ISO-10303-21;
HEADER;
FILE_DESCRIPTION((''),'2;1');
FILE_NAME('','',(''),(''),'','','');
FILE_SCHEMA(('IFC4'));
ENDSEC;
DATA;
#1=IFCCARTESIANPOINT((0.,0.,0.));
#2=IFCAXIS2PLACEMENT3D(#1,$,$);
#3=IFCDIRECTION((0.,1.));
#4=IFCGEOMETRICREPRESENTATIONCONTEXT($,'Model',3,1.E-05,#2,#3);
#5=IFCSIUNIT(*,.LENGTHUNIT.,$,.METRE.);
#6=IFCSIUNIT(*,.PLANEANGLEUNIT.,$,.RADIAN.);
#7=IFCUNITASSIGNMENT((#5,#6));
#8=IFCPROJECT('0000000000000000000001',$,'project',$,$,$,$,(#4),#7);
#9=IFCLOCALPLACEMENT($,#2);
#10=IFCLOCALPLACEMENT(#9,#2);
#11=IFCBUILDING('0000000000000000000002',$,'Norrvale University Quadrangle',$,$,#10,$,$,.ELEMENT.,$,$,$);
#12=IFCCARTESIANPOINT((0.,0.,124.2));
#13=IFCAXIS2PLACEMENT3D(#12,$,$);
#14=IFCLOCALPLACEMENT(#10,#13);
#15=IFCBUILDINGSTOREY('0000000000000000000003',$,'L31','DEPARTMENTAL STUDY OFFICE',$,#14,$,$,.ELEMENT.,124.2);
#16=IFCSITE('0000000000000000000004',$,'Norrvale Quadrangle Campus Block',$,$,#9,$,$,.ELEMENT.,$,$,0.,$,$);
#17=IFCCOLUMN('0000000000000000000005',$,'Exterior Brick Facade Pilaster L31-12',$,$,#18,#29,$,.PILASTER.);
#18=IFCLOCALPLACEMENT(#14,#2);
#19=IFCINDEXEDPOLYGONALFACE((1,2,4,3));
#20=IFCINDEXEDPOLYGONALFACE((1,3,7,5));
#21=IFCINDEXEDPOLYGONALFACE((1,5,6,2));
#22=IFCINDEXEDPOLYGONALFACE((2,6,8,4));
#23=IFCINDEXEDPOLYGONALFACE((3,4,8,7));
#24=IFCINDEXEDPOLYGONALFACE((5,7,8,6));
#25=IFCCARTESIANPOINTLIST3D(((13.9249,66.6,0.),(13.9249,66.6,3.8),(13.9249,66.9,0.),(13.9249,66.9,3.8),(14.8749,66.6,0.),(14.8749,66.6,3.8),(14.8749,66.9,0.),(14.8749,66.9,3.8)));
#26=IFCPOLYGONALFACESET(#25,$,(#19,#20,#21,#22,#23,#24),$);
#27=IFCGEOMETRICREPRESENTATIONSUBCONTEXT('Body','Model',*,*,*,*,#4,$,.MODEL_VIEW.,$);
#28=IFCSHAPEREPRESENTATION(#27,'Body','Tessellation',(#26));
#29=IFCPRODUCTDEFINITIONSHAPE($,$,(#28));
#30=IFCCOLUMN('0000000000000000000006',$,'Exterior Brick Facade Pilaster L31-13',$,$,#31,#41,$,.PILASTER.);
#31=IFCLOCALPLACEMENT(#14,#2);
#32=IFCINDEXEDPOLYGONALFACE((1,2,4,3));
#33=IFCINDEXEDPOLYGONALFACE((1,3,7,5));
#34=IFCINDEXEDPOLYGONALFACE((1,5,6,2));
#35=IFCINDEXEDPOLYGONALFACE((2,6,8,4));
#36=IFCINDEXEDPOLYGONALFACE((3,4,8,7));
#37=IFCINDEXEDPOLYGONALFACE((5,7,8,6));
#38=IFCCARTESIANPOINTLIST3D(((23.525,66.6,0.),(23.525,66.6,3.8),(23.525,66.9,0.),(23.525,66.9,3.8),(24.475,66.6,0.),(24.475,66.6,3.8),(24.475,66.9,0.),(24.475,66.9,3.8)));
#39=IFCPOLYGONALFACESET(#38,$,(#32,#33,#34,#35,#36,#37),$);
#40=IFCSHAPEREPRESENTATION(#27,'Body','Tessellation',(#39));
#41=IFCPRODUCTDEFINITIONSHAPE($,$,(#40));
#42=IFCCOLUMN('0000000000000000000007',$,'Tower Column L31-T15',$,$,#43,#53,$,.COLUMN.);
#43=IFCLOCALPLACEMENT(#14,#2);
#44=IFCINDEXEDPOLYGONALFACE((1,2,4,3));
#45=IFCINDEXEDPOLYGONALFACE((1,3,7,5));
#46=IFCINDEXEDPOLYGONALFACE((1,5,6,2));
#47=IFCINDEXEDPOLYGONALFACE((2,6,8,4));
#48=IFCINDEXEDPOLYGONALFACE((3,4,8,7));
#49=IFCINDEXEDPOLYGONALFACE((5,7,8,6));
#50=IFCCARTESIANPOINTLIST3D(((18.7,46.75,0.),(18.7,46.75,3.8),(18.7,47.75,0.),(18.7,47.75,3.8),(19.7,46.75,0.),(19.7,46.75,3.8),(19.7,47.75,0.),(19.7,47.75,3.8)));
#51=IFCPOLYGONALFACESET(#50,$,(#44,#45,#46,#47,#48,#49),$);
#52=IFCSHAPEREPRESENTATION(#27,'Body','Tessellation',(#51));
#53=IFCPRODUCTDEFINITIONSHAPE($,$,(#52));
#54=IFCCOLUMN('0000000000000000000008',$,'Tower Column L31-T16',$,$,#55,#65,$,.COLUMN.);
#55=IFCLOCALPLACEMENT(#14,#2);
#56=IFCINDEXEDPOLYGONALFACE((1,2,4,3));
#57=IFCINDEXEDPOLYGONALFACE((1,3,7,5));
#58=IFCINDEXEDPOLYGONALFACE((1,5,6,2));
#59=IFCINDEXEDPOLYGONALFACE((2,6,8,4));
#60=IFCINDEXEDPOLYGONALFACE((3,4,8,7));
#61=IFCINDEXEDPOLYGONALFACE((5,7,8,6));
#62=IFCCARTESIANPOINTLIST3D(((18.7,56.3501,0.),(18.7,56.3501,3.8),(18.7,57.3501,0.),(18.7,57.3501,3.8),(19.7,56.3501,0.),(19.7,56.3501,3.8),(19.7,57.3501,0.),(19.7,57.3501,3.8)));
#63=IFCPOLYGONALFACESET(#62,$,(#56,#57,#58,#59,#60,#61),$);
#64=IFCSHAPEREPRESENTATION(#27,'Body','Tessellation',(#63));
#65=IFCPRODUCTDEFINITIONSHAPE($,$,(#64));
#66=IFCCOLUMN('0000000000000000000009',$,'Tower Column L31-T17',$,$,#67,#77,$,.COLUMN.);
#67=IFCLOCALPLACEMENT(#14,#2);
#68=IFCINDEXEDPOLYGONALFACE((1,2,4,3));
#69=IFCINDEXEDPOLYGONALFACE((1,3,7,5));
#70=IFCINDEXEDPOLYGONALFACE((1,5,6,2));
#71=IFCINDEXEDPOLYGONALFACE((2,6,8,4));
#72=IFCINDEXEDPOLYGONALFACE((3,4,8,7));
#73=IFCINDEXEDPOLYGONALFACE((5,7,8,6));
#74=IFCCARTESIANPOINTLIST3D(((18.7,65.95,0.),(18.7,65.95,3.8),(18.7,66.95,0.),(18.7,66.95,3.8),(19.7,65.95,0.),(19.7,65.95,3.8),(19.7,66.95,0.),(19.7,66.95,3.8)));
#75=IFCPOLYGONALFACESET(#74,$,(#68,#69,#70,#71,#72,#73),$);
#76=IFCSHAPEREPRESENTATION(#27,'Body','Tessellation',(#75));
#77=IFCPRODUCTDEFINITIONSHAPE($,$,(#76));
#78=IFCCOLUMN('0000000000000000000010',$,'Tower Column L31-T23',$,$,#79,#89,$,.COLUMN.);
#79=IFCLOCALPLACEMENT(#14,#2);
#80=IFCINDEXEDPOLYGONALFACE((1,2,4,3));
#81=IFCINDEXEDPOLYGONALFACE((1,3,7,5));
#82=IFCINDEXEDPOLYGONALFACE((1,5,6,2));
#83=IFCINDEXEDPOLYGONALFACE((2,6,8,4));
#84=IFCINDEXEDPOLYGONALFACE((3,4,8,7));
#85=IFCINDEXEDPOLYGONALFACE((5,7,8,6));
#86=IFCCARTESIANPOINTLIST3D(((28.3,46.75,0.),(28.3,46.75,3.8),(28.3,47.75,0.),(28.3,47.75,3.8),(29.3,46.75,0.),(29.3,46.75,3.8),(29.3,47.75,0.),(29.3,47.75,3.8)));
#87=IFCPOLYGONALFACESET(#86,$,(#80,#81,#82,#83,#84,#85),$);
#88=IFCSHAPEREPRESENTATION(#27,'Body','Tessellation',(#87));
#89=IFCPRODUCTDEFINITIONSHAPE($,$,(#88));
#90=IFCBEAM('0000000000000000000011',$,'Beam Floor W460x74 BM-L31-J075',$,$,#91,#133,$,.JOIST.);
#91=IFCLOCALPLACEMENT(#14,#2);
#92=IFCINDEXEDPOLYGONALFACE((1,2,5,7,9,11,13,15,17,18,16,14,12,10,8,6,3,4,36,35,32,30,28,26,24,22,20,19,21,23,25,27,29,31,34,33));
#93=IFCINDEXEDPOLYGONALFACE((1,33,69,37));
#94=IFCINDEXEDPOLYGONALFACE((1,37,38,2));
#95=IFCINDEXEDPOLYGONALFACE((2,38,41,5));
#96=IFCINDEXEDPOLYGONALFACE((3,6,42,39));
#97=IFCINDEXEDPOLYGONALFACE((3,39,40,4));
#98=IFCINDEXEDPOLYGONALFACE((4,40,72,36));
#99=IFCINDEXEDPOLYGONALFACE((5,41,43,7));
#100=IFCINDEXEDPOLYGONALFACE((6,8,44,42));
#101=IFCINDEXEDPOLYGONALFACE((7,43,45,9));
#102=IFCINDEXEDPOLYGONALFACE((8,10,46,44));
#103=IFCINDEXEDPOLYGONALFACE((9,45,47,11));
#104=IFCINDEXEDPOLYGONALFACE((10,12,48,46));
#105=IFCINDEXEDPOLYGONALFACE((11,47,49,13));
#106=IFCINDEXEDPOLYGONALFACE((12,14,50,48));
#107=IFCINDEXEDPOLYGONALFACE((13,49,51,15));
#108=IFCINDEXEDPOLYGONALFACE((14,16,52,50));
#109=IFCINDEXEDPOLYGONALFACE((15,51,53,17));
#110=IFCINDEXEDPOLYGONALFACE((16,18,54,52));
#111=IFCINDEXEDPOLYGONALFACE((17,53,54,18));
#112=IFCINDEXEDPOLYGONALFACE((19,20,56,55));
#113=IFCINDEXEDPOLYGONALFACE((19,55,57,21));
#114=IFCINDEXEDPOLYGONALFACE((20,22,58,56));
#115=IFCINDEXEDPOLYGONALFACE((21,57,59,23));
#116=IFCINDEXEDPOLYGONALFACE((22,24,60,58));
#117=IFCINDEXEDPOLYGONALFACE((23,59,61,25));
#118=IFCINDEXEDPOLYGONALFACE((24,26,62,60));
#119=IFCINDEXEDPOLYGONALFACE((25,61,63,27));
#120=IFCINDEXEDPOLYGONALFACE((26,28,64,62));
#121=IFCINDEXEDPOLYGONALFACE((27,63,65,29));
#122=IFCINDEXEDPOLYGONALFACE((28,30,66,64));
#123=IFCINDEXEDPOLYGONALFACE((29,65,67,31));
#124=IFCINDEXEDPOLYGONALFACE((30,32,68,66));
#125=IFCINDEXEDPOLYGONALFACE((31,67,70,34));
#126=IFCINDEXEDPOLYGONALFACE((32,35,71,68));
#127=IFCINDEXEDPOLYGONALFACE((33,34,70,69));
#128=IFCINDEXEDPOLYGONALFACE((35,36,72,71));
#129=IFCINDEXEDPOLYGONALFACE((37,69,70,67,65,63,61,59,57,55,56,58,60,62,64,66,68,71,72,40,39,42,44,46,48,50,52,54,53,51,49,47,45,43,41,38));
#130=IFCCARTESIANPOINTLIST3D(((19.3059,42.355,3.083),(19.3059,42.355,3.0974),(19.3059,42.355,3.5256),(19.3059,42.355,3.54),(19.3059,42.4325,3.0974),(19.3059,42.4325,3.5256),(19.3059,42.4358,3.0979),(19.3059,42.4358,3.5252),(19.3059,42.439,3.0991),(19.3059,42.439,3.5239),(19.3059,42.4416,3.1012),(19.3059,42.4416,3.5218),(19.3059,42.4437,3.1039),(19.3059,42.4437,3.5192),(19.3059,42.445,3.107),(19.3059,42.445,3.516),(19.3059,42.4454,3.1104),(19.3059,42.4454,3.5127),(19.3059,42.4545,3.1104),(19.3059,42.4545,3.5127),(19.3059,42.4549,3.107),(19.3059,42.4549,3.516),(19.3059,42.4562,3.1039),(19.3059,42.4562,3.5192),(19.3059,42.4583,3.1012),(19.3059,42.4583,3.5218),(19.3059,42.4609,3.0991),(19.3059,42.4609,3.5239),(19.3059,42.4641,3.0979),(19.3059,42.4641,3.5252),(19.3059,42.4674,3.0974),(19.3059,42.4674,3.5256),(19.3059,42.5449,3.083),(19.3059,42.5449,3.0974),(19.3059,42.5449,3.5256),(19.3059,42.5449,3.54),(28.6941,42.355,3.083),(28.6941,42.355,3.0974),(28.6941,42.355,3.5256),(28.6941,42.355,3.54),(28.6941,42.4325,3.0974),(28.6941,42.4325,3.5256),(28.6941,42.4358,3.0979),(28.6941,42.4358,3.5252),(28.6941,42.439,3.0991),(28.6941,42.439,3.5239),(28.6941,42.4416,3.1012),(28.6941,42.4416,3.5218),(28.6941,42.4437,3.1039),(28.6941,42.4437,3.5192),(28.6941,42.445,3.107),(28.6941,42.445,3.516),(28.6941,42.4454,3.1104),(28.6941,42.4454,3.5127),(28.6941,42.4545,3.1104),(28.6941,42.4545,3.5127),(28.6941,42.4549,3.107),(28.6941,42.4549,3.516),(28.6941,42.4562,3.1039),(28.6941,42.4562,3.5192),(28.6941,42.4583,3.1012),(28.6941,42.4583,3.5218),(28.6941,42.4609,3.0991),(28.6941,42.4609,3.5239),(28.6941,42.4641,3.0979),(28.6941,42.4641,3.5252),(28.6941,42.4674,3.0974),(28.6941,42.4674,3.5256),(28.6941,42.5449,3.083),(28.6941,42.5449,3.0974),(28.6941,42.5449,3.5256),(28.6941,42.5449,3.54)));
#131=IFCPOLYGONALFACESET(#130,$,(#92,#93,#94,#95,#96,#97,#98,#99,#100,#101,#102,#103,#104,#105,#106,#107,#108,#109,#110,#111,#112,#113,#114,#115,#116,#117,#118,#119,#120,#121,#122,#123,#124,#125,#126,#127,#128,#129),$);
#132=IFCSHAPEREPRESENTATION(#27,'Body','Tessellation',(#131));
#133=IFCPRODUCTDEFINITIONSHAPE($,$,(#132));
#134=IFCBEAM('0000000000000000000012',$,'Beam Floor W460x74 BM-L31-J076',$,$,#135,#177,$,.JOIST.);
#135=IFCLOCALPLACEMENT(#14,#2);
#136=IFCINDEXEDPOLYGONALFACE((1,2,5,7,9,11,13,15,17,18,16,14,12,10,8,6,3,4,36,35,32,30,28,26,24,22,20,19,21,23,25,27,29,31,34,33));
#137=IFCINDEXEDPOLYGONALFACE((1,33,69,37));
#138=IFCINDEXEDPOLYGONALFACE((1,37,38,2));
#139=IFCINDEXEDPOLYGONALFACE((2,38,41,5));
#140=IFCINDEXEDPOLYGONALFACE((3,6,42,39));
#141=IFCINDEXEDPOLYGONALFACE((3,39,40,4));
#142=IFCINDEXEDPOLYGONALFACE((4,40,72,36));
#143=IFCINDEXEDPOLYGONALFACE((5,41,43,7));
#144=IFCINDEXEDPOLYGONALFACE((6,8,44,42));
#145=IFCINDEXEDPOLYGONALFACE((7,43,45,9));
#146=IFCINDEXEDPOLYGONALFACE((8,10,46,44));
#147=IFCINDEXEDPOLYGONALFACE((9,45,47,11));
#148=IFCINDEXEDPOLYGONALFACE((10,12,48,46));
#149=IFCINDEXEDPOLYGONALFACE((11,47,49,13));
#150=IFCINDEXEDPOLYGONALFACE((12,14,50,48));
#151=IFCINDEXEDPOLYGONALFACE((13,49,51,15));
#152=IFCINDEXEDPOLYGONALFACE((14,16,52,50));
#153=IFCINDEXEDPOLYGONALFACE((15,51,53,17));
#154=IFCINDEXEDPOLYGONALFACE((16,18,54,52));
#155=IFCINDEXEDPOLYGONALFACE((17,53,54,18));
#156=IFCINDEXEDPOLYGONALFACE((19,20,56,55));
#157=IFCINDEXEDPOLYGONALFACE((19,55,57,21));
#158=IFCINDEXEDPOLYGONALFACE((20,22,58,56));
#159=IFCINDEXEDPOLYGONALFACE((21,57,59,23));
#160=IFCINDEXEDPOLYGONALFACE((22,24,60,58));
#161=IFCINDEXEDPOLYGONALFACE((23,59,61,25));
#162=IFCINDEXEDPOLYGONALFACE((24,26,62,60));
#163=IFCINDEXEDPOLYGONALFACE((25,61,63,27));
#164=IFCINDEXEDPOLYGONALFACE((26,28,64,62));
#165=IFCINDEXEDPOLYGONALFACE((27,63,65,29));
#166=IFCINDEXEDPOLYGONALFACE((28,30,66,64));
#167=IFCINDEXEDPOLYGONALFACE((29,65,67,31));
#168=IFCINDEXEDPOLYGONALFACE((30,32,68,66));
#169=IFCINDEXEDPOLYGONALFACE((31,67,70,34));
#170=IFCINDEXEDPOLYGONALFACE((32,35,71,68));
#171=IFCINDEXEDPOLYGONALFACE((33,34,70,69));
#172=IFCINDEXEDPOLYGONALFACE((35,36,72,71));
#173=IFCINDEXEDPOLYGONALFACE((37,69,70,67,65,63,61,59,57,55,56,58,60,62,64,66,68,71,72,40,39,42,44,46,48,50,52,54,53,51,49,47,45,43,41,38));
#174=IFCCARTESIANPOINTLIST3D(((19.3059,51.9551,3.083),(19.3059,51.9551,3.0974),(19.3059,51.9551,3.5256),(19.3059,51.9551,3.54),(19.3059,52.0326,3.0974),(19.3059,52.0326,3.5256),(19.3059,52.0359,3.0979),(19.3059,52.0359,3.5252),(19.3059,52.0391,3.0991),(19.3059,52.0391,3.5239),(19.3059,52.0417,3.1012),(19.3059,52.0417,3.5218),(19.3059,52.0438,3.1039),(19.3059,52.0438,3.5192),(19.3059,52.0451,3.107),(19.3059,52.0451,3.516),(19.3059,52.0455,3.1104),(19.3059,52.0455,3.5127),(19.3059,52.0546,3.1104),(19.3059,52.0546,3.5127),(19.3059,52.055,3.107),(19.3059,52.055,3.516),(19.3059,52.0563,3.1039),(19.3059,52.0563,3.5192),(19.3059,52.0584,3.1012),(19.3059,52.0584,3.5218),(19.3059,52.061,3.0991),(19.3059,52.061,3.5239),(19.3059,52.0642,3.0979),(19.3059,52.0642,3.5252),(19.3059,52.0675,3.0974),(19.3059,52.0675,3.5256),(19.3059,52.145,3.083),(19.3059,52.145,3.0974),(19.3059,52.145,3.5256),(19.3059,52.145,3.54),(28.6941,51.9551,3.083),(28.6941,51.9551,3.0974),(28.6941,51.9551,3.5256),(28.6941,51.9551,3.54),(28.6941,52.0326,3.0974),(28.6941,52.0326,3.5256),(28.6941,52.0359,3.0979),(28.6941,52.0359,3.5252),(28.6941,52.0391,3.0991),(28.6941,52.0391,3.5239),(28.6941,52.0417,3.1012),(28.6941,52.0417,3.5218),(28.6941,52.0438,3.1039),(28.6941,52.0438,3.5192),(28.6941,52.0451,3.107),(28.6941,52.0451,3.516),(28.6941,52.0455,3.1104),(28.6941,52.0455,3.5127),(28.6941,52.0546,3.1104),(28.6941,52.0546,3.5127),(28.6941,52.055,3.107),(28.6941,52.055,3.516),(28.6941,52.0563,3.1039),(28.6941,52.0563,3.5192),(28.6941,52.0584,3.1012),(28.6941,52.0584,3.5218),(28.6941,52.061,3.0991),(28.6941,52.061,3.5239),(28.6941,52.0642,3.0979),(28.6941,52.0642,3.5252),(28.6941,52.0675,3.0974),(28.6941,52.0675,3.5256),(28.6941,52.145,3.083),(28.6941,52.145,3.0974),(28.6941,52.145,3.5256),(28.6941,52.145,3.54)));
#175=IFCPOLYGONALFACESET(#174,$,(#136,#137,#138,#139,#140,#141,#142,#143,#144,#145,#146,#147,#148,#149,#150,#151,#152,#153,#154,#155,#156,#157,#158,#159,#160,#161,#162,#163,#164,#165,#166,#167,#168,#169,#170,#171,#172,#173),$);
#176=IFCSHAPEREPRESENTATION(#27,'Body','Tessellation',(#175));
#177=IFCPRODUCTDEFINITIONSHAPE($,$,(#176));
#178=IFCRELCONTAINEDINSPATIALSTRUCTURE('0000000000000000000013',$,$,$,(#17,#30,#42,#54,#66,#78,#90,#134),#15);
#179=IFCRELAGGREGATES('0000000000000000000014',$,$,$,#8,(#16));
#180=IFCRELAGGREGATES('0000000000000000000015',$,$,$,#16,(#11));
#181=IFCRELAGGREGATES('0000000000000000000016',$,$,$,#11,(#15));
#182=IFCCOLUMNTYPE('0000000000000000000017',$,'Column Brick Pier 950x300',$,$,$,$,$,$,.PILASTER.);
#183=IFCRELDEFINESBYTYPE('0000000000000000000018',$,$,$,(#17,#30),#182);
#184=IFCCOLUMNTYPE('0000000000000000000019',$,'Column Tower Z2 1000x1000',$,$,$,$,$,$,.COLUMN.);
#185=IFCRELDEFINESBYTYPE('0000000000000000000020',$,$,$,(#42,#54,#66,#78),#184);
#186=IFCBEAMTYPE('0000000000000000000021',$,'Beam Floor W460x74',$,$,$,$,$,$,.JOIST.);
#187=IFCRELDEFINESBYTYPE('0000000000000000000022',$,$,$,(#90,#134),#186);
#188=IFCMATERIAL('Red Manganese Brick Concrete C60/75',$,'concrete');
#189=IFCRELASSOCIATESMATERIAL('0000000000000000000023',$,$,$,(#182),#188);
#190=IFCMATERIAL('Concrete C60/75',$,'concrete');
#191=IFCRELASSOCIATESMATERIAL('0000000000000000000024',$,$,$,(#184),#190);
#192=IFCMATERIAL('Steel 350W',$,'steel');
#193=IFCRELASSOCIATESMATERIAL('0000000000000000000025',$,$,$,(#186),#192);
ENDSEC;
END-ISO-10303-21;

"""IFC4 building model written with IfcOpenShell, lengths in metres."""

from ifc_helpers import new_model, si_unit, direction, frame, origin, origin_2d, place, context, subcontext, project, spatial, rectangle, i_section, extrude, material, material_profile, profile_set, type_object, element, save


model = new_model("IFC4")

# Units and contexts
model_context = context("Model", 3, precision=1e-05, world=origin(), true_north=direction((0.0, 1.0)))
body_context = subcontext(model_context, "Body", "Model", "MODEL_VIEW")
ifc_project = project(units=[si_unit("LENGTHUNIT", "METRE"), si_unit("PLANEANGLEUNIT", "RADIAN")], contexts=[model_context])

# Site, building, storey
site_placement = place(None, origin())
site = spatial("IfcSite", under=ifc_project, at=site_placement, Name="Norrvale Quadrangle Campus Block", CompositionType="ELEMENT", RefElevation=0.0)
building_placement = place(site_placement, origin())
building = spatial("IfcBuilding", under=site, at=building_placement, Name="Norrvale University Quadrangle", CompositionType="ELEMENT")
storey_placement = place(building_placement, frame((0.0, 0.0, 124.2)))
storey = spatial("IfcBuildingStorey", under=building, at=storey_placement, Name="L31", Description="DEPARTMENTAL STUDY OFFICE", CompositionType="ELEMENT", Elevation=124.2)

# Columns
ifc_material_1 = material(Name="Red Manganese Brick Concrete C60/75", Category="concrete")
ifc_material_profile_1 = material_profile(ifc_material_1, rectangle(XDim=0.95, YDim=0.3, at=origin_2d()), Name="Red Manganese Brick Concrete C60/75")
ifc_profile_set_1 = profile_set([ifc_material_profile_1], Name="Red Manganese Brick Concrete C60/75")
column_type_1 = type_object("IfcColumnType", Name="Column Brick Pier 950x300", PredefinedType="PILASTER", material=ifc_profile_set_1)
for number, where, z_axis, x_axis, name in (
    (1, (14.3999, 66.75, 0.0), (0.0, 0.0, 1.0), (1.0, 0.0, 0.0), "Exterior Brick Facade Pilaster L31-12"),
    (2, (24.0, 66.75, 0.0), (0.0, 0.0, 1.0), (1.0, 0.0, 0.0), "Exterior Brick Facade Pilaster L31-13"),
):
    element("IfcColumn", number, at=place(storey_placement, frame(where, z_axis=z_axis, x_axis=x_axis)), inside=storey, type_object=column_type_1, Name=name, PredefinedType="PILASTER", context=body_context, shape_type="SweptSolid", body=[
        extrude(rectangle(XDim=0.95, YDim=0.3, at=origin_2d()), origin(), (0.0, 0.0, 1.0), 3.8),
    ])
ifc_material_2 = material(Name="Concrete C60/75", Category="concrete")
ifc_material_profile_2 = material_profile(ifc_material_2, rectangle(XDim=1.0, YDim=1.0, at=origin_2d()), Name="Concrete C60/75")
ifc_profile_set_2 = profile_set([ifc_material_profile_2], Name="Concrete C60/75")
column_type_2 = type_object("IfcColumnType", Name="Column Tower Z2 1000x1000", PredefinedType="COLUMN", material=ifc_profile_set_2)
for number, where, z_axis, x_axis, name in (
    (3, (19.2, 47.25, 0.0), (0.0, 0.0, 1.0), (1.0, 0.0, 0.0), "Tower Column L31-T15"),
    (4, (19.2, 56.8501, 0.0), (0.0, 0.0, 1.0), (1.0, 0.0, 0.0), "Tower Column L31-T16"),
    (5, (19.2, 66.45, 0.0), (0.0, 0.0, 1.0), (1.0, 0.0, 0.0), "Tower Column L31-T17"),
    (6, (28.8, 47.25, 0.0), (0.0, 0.0, 1.0), (1.0, 0.0, 0.0), "Tower Column L31-T23"),
):
    element("IfcColumn", number, at=place(storey_placement, frame(where, z_axis=z_axis, x_axis=x_axis)), inside=storey, type_object=column_type_2, Name=name, PredefinedType="COLUMN", context=body_context, shape_type="SweptSolid", body=[
        extrude(rectangle(XDim=1.0, YDim=1.0, at=origin_2d()), origin(), (0.0, 0.0, 1.0), 3.8),
    ])

# Beams
ifc_material_3 = material(Name="Steel 350W", Category="steel")
ifc_material_profile_3 = material_profile(ifc_material_3, i_section(OverallWidth=0.1899, OverallDepth=0.457, WebThickness=0.009, FlangeThickness=0.0144, FilletRadius=0.0129, at=origin_2d()), Name="Steel 350W")
ifc_profile_set_3 = profile_set([ifc_material_profile_3], Name="Steel 350W")
beam_type_1 = type_object("IfcBeamType", Name="Beam Floor W460x74", PredefinedType="JOIST", material=ifc_profile_set_3)
for number, where, z_axis, x_axis, name in (
    (7, (19.3059, 42.45, 3.3115), (1.0, 0.0, 0.0), (0.0, 1.0, 0.0), "Beam Floor W460x74 BM-L31-J075"),
    (8, (19.3059, 52.05, 3.3115), (1.0, 0.0, 0.0), (0.0, 1.0, 0.0), "Beam Floor W460x74 BM-L31-J076"),
):
    element("IfcBeam", number, at=place(storey_placement, frame(where, z_axis=z_axis, x_axis=x_axis)), inside=storey, type_object=beam_type_1, Name=name, PredefinedType="JOIST", context=body_context, shape_type="SweptSolid", body=[
        extrude(i_section(OverallWidth=0.1899, OverallDepth=0.457, WebThickness=0.009, FlangeThickness=0.0144, FilletRadius=0.0129, at=origin_2d()), origin(), (0.0, 0.0, 1.0), 9.3882),
    ])

save(model, "model.ifc")
